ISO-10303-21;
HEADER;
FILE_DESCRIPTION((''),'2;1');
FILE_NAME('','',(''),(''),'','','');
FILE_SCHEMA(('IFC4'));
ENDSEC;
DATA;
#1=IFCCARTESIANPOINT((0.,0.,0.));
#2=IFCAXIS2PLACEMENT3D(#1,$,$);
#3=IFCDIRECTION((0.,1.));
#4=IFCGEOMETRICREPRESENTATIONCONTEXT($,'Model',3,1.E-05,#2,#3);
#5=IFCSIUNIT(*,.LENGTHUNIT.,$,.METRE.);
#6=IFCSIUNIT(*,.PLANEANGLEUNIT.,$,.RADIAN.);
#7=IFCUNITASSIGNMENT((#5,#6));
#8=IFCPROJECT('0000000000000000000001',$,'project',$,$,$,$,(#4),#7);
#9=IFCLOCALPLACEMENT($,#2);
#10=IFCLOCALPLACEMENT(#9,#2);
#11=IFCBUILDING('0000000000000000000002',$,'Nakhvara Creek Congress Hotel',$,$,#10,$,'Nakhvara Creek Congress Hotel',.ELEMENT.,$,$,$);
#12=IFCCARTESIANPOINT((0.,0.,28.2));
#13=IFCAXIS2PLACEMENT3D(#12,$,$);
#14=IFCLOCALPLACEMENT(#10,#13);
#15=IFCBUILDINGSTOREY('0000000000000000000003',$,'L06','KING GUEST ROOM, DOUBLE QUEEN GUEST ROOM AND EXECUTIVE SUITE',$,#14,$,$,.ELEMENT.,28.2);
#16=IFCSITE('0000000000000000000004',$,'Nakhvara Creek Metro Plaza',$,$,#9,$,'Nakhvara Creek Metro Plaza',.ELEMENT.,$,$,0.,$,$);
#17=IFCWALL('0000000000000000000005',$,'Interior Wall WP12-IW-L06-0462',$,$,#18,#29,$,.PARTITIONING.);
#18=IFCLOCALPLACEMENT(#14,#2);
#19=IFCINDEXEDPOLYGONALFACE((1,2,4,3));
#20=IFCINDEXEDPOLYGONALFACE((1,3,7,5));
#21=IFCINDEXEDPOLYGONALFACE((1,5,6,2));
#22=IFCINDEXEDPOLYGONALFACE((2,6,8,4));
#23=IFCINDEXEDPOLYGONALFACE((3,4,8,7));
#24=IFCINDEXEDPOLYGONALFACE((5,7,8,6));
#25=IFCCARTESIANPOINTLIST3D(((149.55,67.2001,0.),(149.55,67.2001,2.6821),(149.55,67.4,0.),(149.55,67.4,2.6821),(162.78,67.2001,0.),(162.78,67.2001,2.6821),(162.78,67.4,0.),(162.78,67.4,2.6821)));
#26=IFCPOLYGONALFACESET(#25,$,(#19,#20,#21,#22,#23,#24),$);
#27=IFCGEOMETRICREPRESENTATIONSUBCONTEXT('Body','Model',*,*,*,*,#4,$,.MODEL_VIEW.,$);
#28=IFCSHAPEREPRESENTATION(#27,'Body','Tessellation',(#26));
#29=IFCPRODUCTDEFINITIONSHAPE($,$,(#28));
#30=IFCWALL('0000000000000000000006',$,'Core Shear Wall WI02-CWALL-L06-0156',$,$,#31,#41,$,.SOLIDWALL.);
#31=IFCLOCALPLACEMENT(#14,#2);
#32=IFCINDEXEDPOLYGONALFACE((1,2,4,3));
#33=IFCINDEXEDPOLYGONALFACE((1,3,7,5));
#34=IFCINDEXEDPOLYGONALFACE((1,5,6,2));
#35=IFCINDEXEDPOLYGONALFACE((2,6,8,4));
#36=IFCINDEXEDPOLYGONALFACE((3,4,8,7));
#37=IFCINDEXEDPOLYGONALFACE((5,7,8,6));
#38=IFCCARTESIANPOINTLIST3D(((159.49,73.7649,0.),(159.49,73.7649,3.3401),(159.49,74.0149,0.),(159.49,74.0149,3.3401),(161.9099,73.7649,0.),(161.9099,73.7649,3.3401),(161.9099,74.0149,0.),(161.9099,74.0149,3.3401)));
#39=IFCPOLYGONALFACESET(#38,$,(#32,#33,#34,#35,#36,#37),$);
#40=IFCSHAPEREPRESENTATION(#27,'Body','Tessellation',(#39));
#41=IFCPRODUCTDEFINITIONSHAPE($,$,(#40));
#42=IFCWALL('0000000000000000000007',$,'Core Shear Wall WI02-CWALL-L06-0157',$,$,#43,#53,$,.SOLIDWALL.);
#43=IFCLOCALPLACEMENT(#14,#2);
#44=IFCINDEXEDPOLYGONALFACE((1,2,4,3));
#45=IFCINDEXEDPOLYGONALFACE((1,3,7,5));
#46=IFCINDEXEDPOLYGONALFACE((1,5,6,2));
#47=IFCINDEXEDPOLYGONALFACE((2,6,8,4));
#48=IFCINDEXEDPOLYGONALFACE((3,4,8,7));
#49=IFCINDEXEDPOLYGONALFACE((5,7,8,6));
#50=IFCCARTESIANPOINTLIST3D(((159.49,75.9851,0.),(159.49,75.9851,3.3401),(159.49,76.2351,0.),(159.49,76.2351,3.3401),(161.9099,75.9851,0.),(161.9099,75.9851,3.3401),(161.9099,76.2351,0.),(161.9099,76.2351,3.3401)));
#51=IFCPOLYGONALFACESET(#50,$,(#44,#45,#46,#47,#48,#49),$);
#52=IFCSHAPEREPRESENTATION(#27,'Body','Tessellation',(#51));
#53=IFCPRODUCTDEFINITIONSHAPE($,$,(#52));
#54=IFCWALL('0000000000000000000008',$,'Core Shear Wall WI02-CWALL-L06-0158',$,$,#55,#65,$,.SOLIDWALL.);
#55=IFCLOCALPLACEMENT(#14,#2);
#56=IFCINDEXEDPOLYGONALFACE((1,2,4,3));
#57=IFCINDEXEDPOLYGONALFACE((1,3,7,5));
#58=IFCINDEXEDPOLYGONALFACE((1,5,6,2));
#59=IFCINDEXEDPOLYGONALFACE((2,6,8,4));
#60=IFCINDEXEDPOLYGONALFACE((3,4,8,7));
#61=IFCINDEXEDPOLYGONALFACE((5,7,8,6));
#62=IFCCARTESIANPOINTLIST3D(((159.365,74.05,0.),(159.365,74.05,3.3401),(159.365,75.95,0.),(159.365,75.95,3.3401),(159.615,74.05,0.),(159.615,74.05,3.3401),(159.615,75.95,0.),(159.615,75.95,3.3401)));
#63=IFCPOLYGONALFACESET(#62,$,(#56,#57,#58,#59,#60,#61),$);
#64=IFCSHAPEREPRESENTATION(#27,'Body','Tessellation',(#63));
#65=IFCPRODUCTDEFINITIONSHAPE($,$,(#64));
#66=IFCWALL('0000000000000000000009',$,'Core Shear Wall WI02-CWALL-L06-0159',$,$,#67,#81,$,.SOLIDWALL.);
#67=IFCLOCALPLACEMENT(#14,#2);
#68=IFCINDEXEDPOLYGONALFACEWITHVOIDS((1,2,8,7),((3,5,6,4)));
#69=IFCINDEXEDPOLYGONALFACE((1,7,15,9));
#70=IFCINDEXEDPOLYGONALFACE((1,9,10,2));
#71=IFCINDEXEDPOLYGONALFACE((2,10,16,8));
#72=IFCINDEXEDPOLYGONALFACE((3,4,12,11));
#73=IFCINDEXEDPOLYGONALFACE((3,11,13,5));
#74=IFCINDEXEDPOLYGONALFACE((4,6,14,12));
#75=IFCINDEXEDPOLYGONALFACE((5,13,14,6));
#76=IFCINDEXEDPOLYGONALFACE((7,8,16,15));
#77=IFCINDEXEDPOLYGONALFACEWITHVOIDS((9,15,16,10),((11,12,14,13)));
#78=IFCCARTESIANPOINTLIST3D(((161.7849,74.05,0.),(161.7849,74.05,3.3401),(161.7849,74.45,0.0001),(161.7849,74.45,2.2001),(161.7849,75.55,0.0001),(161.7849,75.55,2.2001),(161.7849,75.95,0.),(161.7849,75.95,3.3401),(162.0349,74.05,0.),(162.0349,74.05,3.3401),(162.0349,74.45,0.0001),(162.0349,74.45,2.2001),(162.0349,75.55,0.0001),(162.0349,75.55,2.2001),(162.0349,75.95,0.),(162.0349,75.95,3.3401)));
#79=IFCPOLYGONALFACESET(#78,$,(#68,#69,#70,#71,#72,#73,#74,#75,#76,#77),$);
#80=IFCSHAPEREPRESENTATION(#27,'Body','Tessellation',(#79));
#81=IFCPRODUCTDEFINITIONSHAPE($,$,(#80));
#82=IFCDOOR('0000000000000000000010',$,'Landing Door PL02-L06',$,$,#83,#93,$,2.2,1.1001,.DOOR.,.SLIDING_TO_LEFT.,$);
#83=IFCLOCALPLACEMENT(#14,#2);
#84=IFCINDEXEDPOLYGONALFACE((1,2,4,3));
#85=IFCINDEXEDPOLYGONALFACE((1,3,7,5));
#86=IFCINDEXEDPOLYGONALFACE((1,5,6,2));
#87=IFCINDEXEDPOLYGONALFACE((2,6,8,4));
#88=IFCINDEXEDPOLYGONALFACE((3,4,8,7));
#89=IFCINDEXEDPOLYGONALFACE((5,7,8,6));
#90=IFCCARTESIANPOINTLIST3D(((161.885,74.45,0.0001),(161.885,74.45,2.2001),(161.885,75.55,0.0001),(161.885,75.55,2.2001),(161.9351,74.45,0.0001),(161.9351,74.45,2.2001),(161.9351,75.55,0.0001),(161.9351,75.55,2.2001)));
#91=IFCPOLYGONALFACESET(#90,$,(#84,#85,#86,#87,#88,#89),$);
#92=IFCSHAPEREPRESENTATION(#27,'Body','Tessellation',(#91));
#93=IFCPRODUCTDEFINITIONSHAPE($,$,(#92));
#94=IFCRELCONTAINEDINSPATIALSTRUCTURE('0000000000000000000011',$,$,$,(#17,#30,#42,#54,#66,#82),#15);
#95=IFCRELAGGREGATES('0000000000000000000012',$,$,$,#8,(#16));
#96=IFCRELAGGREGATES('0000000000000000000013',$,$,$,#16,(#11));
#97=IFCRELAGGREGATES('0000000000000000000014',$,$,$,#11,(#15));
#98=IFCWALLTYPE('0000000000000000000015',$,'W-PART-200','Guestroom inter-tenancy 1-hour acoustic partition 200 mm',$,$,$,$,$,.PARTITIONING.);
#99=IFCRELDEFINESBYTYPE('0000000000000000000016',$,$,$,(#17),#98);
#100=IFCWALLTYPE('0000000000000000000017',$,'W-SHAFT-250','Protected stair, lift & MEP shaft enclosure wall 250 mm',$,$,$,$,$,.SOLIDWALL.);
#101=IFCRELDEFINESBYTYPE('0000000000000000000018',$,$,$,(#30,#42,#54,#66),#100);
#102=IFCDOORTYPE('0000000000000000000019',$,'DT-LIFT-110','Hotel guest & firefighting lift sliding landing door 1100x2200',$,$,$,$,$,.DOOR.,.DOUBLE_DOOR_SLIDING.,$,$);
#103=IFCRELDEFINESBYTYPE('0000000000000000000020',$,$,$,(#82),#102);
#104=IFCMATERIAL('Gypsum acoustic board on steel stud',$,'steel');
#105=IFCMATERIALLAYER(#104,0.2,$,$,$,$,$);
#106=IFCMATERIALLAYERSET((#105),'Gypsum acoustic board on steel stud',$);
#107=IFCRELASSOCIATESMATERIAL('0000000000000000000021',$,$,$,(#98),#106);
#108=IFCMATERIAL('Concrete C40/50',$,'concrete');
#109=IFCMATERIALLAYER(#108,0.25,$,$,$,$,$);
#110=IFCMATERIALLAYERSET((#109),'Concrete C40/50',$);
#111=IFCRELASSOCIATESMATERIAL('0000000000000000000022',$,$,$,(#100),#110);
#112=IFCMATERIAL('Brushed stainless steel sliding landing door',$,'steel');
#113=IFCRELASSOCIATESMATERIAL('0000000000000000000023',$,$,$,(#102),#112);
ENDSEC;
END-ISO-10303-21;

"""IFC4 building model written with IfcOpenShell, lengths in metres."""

from ifc_helpers import new_model, si_unit, direction, frame, frame_2d, origin, place, context, subcontext, project, spatial, rectangle, extrude, material, layer, layer_set, type_object, element, fill, save


model = new_model("IFC4")

# Units and contexts
model_context = context("Model", 3, precision=1e-05, world=origin(), true_north=direction((0.0, 1.0)))
body_context = subcontext(model_context, "Body", "Model", "MODEL_VIEW")
ifc_project = project(units=[si_unit("LENGTHUNIT", "METRE"), si_unit("PLANEANGLEUNIT", "RADIAN")], contexts=[model_context])

# Site, building, storey
site_placement = place(None, origin())
site = spatial("IfcSite", under=ifc_project, at=site_placement, Name="Nakhvara Creek Metro Plaza", LongName="Nakhvara Creek Metro Plaza", CompositionType="ELEMENT", RefElevation=0.0)
building_placement = place(site_placement, origin())
building = spatial("IfcBuilding", under=site, at=building_placement, Name="Nakhvara Creek Congress Hotel", LongName="Nakhvara Creek Congress Hotel", CompositionType="ELEMENT")
storey_placement = place(building_placement, frame((0.0, 0.0, 28.2)))
storey = spatial("IfcBuildingStorey", under=building, at=storey_placement, Name="L06", Description="KING GUEST ROOM, DOUBLE QUEEN GUEST ROOM AND EXECUTIVE SUITE", CompositionType="ELEMENT", Elevation=28.2)

# Shared definitions
ifc_material_1 = material(Name="Concrete C40/50", Category="concrete")

# Walls
ifc_material_2 = material(Name="Gypsum acoustic board on steel stud", Category="steel")
ifc_layer_1 = layer(ifc_material_2, 0.2)
ifc_layer_set_1 = layer_set([ifc_layer_1], Name="Gypsum acoustic board on steel stud")
wall_type_1 = type_object("IfcWallType", Name="W-PART-200", Description="Guestroom inter-tenancy 1-hour acoustic partition 200 mm", PredefinedType="PARTITIONING", material=ifc_layer_set_1)
wall_1_placement = place(storey_placement, frame((149.55, 67.3, 0.0), z_axis=(0.0, 0.0, 1.0), x_axis=(1.0, 0.0, 0.0)))
element("IfcWall", 1, at=wall_1_placement, inside=storey, type_object=wall_type_1, Name="Interior Wall WP12-IW-L06-0462", PredefinedType="PARTITIONING", context=body_context, shape_type="SweptSolid", body=[
    extrude(rectangle(XDim=13.23, YDim=0.2, at=frame_2d((6.615, 0.0))), origin(), (0.0, 0.0, 1.0), 2.6821),
])
ifc_layer_2 = layer(ifc_material_1, 0.25)
ifc_layer_set_2 = layer_set([ifc_layer_2], Name="Concrete C40/50")
wall_type_2 = type_object("IfcWallType", Name="W-SHAFT-250", Description="Protected stair, lift & MEP shaft enclosure wall 250 mm", PredefinedType="SOLIDWALL", material=ifc_layer_set_2)
for number, where, z_axis, x_axis, name in (
    (2, (159.49, 73.8899, 0.0), (0.0, 0.0, 1.0), (1.0, 0.0, 0.0), "Core Shear Wall WI02-CWALL-L06-0156"),
    (3, (159.49, 76.1101, 0.0), (0.0, 0.0, 1.0), (1.0, 0.0, 0.0), "Core Shear Wall WI02-CWALL-L06-0157"),
):
    element("IfcWall", number, at=place(storey_placement, frame(where, z_axis=z_axis, x_axis=x_axis)), inside=storey, type_object=wall_type_2, Name=name, PredefinedType="SOLIDWALL", context=body_context, shape_type="SweptSolid", body=[
        extrude(rectangle(XDim=2.4199, YDim=0.25, at=frame_2d((1.21, 0.0))), origin(), (0.0, 0.0, 1.0), 3.3401),
    ])
wall_2_placement = place(storey_placement, frame((159.49, 74.05, 0.0), z_axis=(0.0, 0.0, 1.0), x_axis=(0.0, 1.0, 0.0)))
element("IfcWall", 4, at=wall_2_placement, inside=storey, type_object=wall_type_2, Name="Core Shear Wall WI02-CWALL-L06-0158", PredefinedType="SOLIDWALL", context=body_context, shape_type="SweptSolid", body=[
    extrude(rectangle(XDim=1.8999, YDim=0.25, at=frame_2d((0.95, 0.0))), origin(), (0.0, 0.0, 1.0), 3.3401),
])

# Wall, opening, door
wall_3_placement = place(storey_placement, frame((161.9099, 74.05, 0.0), z_axis=(0.0, 0.0, 1.0), x_axis=(0.0, 1.0, 0.0)))
wall_3 = element("IfcWall", 5, at=wall_3_placement, inside=storey, type_object=wall_type_2, Name="Core Shear Wall WI02-CWALL-L06-0159", PredefinedType="SOLIDWALL", context=body_context, shape_type="SweptSolid", body=[
    extrude(rectangle(XDim=1.8999, YDim=0.25, at=frame_2d((0.95, 0.0))), origin(), (0.0, 0.0, 1.0), 3.3401),
])
opening_1_placement = place(wall_3_placement, frame((0.3999, 0.0, 0.0)))
opening_1 = element("IfcOpeningElement", 6, at=opening_1_placement, cuts=wall_3, PredefinedType="OPENING", context=body_context, shape_type="SweptSolid", body=[
    extrude(rectangle(XDim=1.1001, YDim=2.2, at=frame_2d((0.55, 1.1001))), frame((0.0, 0.137, 0.0), z_axis=(0.0, -1.0, 0.0), x_axis=(1.0, 0.0, 0.0)), (0.0, 0.0, 1.0), 0.2739),
])
ifc_material_3 = material(Name="Brushed stainless steel sliding landing door", Category="steel")
door_type_1 = type_object("IfcDoorType", Name="DT-LIFT-110", Description="Hotel guest & firefighting lift sliding landing door 1100x2200", OperationType="DOUBLE_DOOR_SLIDING", PredefinedType="DOOR", material=ifc_material_3)
door_1_placement = place(opening_1_placement, origin())
door_1 = element("IfcDoor", 7, at=door_1_placement, inside=storey, type_object=door_type_1, Name="Landing Door PL02-L06", OperationType="SLIDING_TO_LEFT", OverallHeight=2.2, OverallWidth=1.1001, PredefinedType="DOOR", context=body_context, shape_type="SweptSolid", body=[
    extrude(rectangle(XDim=1.1001, YDim=2.2, at=frame_2d((0.55, 1.1001))), frame((0.0, 0.0249, 0.0), z_axis=(0.0, -1.0, 0.0), x_axis=(1.0, 0.0, 0.0)), (0.0, 0.0, 1.0), 0.05),
])
fill(opening_1, door_1)

save(model, "model.ifc")
